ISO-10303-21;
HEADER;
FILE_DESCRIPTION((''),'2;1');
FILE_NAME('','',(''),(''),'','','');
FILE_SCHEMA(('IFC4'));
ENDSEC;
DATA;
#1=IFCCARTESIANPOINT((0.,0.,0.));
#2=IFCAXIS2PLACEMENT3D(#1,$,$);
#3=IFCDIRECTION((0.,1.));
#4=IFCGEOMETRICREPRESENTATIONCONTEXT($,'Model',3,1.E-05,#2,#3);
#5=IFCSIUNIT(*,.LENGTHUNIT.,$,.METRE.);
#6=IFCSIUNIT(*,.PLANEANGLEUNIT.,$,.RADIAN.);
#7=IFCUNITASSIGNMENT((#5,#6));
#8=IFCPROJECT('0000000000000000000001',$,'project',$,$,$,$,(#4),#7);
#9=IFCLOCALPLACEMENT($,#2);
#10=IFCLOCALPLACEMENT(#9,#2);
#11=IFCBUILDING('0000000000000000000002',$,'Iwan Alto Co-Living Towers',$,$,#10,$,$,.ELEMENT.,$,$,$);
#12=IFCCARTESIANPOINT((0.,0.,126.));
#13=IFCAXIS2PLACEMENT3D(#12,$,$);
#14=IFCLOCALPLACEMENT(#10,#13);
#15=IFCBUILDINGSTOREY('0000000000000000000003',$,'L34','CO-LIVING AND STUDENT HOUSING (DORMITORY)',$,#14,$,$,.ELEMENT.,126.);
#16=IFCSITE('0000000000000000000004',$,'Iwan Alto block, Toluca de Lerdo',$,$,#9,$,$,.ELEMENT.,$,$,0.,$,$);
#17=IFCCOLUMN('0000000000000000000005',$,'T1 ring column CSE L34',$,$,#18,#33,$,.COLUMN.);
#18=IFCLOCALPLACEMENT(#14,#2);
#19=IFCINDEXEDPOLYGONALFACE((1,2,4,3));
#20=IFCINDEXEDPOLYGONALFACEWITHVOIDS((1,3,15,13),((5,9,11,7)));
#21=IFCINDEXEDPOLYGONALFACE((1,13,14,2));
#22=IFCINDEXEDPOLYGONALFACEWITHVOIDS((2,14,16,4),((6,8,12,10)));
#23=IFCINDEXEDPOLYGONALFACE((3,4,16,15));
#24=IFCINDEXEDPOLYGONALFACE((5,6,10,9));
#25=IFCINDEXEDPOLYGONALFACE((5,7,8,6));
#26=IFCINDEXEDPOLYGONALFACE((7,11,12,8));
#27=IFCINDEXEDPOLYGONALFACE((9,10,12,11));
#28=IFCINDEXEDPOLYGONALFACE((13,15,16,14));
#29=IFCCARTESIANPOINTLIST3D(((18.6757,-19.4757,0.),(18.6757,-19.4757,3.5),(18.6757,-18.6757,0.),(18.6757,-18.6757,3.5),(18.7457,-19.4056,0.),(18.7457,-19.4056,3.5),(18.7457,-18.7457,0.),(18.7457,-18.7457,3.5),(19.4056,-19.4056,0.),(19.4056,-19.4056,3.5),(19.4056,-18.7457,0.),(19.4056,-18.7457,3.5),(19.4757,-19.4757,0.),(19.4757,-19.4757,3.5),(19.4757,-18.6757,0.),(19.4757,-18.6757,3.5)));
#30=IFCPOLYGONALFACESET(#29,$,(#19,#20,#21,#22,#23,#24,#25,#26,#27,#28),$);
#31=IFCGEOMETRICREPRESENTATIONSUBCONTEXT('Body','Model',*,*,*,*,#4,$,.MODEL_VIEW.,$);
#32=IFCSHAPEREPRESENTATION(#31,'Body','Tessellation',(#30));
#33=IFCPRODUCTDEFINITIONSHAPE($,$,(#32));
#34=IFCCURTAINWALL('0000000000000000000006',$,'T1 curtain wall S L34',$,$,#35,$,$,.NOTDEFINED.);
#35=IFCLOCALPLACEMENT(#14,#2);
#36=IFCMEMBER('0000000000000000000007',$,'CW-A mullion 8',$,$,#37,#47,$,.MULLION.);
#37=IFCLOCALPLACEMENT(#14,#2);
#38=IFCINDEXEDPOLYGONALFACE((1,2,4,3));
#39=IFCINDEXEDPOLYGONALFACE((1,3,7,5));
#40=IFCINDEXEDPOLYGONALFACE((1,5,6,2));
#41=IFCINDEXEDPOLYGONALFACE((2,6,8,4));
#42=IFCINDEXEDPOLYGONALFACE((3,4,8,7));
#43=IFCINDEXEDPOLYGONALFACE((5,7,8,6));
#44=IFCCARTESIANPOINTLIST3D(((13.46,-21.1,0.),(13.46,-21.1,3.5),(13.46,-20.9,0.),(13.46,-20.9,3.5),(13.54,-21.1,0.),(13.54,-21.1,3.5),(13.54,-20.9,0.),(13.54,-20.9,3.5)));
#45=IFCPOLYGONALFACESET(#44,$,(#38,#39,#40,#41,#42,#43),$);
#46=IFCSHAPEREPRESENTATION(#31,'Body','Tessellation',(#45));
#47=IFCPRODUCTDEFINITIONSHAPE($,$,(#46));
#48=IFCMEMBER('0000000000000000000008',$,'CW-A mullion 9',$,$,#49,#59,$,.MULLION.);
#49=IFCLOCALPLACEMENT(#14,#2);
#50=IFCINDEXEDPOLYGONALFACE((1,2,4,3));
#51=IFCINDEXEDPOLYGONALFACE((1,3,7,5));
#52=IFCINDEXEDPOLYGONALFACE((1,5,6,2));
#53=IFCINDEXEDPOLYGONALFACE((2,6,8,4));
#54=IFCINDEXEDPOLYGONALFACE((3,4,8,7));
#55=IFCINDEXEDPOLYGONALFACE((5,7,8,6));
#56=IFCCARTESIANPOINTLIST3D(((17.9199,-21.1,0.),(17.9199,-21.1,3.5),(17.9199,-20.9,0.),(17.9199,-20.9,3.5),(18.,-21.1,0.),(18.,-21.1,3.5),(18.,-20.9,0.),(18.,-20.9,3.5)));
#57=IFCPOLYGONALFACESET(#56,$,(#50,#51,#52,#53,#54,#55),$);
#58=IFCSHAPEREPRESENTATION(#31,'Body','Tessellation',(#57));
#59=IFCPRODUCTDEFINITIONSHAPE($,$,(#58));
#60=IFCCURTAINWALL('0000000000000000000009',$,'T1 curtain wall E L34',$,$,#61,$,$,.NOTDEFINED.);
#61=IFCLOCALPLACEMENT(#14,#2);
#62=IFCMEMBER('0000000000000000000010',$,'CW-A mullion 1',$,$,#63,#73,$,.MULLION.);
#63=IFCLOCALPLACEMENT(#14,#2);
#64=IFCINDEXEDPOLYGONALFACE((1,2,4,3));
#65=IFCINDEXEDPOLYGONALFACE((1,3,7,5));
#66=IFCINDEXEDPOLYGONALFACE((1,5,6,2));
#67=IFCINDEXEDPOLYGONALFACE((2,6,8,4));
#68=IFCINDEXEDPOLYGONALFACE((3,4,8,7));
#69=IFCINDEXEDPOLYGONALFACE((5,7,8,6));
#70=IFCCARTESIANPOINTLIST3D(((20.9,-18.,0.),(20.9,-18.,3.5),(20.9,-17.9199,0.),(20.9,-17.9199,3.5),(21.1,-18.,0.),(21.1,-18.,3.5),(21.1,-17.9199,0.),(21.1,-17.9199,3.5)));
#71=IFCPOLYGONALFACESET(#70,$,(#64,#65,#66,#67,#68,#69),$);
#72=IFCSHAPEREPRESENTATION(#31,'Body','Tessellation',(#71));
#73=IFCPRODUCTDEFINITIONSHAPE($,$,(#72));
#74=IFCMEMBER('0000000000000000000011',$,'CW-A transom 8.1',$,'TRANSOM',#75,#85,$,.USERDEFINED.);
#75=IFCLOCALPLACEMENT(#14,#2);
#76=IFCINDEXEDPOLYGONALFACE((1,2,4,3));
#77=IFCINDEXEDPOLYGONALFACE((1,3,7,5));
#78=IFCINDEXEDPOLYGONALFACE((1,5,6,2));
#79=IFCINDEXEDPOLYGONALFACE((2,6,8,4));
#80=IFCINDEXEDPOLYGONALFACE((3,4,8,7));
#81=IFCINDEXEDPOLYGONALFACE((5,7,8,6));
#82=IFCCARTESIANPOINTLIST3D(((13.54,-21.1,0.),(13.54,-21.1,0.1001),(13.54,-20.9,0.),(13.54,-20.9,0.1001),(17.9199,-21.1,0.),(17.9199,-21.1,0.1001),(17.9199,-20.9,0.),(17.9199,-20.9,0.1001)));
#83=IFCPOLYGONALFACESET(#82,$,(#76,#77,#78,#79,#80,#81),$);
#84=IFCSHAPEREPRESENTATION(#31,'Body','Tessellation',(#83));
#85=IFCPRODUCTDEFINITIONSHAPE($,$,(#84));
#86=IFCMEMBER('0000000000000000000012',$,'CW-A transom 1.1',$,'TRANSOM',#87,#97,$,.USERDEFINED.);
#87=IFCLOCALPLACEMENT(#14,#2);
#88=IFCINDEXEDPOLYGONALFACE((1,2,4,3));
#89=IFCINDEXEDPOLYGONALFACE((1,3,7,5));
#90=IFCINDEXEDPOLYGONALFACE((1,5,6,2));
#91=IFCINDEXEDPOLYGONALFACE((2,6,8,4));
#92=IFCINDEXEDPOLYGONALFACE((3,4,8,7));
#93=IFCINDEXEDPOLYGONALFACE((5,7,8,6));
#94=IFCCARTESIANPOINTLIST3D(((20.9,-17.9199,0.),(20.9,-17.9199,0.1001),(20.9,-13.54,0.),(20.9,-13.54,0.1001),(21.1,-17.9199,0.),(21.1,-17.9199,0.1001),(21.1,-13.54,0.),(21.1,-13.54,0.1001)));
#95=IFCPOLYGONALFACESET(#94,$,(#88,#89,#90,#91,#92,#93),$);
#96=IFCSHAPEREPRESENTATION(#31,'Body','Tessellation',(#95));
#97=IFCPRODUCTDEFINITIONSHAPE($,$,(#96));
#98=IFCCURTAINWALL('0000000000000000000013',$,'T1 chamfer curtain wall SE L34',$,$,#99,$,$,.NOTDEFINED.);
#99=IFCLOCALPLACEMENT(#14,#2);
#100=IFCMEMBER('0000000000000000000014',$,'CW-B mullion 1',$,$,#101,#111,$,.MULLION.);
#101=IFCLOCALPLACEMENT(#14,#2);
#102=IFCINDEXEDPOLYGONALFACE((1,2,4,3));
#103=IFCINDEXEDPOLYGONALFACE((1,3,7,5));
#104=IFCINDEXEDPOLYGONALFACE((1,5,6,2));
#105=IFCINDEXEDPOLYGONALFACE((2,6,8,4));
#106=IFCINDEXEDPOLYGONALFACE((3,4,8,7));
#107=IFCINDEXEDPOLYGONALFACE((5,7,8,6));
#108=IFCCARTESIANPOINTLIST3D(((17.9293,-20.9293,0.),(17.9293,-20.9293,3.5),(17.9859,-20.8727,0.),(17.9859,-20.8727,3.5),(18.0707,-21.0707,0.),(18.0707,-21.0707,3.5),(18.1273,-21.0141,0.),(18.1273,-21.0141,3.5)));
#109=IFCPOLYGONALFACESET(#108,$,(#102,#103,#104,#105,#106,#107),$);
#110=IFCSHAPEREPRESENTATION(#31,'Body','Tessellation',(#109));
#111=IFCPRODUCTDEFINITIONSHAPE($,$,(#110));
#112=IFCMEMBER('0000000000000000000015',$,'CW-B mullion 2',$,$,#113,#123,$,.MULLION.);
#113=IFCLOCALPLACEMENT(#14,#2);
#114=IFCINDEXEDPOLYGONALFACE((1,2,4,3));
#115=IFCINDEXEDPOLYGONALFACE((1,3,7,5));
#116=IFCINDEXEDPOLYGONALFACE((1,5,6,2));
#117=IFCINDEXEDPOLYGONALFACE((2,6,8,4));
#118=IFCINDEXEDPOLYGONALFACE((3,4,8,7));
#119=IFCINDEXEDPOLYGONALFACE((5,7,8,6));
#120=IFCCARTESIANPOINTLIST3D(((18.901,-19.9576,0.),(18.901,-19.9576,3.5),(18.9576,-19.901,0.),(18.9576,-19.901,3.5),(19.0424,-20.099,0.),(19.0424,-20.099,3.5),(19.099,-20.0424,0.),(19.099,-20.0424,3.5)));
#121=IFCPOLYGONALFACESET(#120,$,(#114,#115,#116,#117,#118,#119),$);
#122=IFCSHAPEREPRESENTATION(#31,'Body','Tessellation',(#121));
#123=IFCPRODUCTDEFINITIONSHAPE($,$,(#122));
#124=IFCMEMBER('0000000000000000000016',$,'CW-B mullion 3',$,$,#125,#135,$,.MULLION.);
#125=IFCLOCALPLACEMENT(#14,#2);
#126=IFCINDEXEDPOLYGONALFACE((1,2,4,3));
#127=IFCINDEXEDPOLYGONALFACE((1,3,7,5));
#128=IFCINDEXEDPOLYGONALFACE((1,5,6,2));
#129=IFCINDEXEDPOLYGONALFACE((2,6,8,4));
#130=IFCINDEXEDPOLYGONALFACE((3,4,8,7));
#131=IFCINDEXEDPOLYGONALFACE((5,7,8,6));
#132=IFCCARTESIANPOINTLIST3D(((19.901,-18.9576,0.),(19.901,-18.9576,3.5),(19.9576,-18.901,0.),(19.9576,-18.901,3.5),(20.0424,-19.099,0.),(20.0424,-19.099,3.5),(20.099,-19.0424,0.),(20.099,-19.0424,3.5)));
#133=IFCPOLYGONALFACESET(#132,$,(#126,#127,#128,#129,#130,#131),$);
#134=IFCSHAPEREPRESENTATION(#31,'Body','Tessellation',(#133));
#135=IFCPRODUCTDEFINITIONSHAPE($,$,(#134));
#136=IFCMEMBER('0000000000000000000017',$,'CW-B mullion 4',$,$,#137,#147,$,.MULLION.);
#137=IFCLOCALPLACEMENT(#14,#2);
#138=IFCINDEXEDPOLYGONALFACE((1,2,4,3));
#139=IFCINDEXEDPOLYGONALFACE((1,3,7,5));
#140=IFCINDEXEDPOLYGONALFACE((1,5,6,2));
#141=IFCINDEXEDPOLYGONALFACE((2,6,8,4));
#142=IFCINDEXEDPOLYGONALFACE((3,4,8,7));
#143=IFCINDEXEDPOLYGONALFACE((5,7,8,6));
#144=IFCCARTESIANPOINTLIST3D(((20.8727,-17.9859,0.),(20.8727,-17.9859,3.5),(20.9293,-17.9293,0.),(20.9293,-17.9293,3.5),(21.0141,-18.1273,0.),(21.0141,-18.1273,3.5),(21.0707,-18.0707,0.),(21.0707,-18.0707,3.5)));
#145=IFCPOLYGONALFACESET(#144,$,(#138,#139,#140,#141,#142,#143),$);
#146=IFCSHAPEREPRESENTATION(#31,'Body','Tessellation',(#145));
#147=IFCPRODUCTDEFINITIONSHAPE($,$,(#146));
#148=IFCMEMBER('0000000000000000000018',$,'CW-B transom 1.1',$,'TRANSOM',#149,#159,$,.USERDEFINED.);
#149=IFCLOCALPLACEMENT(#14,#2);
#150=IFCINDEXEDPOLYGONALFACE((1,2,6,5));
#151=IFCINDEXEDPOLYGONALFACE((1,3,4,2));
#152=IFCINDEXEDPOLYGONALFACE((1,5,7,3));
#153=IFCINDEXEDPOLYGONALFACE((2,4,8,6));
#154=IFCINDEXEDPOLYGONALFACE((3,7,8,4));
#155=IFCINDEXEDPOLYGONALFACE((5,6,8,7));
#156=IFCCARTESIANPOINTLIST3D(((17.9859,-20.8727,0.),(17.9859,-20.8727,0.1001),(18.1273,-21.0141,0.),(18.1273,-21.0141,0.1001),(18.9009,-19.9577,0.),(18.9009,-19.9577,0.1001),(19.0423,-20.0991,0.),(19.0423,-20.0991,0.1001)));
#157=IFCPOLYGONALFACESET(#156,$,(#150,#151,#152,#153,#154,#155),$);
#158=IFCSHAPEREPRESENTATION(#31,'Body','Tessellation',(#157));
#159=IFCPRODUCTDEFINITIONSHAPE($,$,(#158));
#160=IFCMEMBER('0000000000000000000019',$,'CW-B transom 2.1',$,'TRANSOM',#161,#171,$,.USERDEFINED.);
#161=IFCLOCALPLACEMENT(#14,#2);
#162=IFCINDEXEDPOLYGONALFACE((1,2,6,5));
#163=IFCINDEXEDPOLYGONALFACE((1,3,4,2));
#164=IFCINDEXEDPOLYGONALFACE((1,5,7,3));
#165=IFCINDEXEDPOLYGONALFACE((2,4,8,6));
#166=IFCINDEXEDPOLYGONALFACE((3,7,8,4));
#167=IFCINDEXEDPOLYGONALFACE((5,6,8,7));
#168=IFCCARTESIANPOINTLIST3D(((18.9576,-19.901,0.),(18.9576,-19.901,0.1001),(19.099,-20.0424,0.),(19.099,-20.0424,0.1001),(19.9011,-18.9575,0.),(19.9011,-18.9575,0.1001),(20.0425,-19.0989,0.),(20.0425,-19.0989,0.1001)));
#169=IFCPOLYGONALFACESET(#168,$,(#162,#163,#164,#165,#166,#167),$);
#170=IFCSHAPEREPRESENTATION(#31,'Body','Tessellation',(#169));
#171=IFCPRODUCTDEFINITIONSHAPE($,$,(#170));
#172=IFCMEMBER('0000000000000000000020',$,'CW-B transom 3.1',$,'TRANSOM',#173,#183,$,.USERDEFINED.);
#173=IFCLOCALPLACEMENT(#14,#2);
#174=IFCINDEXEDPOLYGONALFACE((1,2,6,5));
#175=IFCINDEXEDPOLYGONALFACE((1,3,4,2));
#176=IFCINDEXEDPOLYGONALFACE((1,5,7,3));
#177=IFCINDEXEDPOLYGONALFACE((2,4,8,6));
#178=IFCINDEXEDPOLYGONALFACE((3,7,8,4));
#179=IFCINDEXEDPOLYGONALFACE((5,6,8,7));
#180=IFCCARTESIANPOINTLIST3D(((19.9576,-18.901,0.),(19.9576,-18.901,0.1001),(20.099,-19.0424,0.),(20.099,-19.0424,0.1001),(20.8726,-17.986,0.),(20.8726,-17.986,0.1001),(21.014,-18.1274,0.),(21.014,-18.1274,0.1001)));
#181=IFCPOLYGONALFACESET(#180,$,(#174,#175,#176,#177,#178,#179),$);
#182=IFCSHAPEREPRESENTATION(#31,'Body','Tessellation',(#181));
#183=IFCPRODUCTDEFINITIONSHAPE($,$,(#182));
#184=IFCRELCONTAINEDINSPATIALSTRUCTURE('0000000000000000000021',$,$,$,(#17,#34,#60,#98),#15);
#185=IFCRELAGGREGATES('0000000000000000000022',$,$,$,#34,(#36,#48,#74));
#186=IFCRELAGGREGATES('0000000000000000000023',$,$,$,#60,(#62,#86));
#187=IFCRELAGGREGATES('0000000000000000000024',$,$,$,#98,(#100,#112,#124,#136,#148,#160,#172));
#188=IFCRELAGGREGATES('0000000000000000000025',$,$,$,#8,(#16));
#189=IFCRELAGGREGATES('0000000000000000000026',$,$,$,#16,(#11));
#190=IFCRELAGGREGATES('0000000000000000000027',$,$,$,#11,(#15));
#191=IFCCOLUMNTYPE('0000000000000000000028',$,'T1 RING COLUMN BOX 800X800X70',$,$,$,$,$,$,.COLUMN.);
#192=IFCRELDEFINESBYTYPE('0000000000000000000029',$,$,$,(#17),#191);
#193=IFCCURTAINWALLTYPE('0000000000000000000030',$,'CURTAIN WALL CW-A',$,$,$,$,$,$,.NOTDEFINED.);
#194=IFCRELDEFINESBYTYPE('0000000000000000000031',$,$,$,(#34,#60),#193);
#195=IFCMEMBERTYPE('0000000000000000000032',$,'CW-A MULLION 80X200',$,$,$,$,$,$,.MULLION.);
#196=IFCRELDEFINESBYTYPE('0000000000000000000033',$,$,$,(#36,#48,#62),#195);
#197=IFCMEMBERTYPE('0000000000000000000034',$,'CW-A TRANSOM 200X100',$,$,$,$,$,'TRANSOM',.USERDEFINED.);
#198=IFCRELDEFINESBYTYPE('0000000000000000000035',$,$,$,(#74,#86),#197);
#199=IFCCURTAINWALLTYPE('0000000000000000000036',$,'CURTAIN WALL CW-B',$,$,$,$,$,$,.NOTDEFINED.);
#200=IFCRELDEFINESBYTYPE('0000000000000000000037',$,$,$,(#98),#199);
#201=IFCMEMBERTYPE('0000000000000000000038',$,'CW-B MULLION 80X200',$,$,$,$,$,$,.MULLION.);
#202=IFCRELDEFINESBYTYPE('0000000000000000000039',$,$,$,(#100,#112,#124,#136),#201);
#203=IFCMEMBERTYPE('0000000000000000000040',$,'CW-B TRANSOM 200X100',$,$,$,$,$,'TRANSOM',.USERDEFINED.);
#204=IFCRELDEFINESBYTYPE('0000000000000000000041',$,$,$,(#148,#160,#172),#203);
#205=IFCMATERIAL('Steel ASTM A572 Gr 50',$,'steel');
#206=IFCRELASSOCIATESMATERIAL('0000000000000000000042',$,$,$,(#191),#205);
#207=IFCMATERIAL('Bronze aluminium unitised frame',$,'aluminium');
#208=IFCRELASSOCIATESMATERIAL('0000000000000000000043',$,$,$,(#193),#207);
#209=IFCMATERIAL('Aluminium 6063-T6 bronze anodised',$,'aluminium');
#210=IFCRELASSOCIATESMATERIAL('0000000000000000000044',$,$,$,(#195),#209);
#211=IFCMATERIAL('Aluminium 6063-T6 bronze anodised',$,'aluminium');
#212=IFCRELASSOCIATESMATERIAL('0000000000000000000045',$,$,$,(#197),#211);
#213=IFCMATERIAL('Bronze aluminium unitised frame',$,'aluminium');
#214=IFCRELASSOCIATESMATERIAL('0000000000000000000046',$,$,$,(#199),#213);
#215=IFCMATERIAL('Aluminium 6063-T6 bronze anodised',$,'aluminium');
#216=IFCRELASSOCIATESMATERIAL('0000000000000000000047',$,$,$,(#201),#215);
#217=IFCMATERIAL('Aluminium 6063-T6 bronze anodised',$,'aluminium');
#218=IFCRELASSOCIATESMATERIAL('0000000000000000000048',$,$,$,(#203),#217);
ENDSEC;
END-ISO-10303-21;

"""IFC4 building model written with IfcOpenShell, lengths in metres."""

from ifc_helpers import new_model, si_unit, direction, frame, origin, origin_2d, place, context, subcontext, project, spatial, rectangle, hollow_rectangle, extrude, material, material_profile, profile_set, type_object, element, aggregate, save


model = new_model("IFC4")

# Units and contexts
model_context = context("Model", 3, precision=1e-05, world=origin(), true_north=direction((0.0, 1.0)))
body_context = subcontext(model_context, "Body", "Model", "MODEL_VIEW")
ifc_project = project(units=[si_unit("LENGTHUNIT", "METRE"), si_unit("PLANEANGLEUNIT", "RADIAN")], contexts=[model_context])

# Site, building, storey
site_placement = place(None, origin())
site = spatial("IfcSite", under=ifc_project, at=site_placement, Name="Iwan Alto block, Toluca de Lerdo", CompositionType="ELEMENT", RefElevation=0.0)
building_placement = place(site_placement, origin())
building = spatial("IfcBuilding", under=site, at=building_placement, Name="Iwan Alto Co-Living Towers", CompositionType="ELEMENT")
storey_placement = place(building_placement, frame((0.0, 0.0, 126.0)))
storey = spatial("IfcBuildingStorey", under=building, at=storey_placement, Name="L34", Description="CO-LIVING AND STUDENT HOUSING (DORMITORY)", CompositionType="ELEMENT", Elevation=126.0)

# Column
ifc_material_1 = material(Name="Steel ASTM A572 Gr 50", Category="steel")
ifc_material_profile_1 = material_profile(ifc_material_1, hollow_rectangle(XDim=0.8, YDim=0.8, WallThickness=0.0701, at=origin_2d()), Name="BOX 800X800X70")
ifc_profile_set_1 = profile_set([ifc_material_profile_1], Name="Steel ASTM A572 Gr 50")
column_type = type_object("IfcColumnType", Name="T1 RING COLUMN BOX 800X800X70", PredefinedType="COLUMN", material=ifc_profile_set_1)
column_placement = place(storey_placement, frame((19.0757, -19.0757, 0.0), z_axis=(0.0, 0.0, 1.0), x_axis=(1.0, 0.0, 0.0)))
element("IfcColumn", 1, at=column_placement, inside=storey, type_object=column_type, Name="T1 ring column CSE L34", PredefinedType="COLUMN", context=body_context, shape_type="SweptSolid", body=[
    extrude(hollow_rectangle(XDim=0.8, YDim=0.8, WallThickness=0.0701, at=origin_2d()), origin(), (0.0, 0.0, 1.0), 3.5),
])

# Curtain wall, members
ifc_material_2 = material(Name="Bronze aluminium unitised frame", Category="aluminium")
curtain_wall_type_1 = type_object("IfcCurtainWallType", Name="CURTAIN WALL CW-A", PredefinedType="NOTDEFINED", material=ifc_material_2)
curtain_wall_1_placement = place(storey_placement, origin())
curtain_wall_1 = element("IfcCurtainWall", 2, at=curtain_wall_1_placement, inside=storey, type_object=curtain_wall_type_1, Name="T1 curtain wall S L34", PredefinedType="NOTDEFINED")
ifc_material_3 = material(Name="Aluminium 6063-T6 bronze anodised", Category="aluminium")
ifc_material_profile_2 = material_profile(ifc_material_3, rectangle(XDim=0.2, YDim=0.0801, at=origin_2d()), Name="AL 80X200")
ifc_profile_set_2 = profile_set([ifc_material_profile_2], Name="Aluminium 6063-T6 bronze anodised")
member_type_1 = type_object("IfcMemberType", Name="CW-A MULLION 80X200", PredefinedType="MULLION", material=ifc_profile_set_2)
member_1_placement = place(storey_placement, frame((13.5, -21.0, 0.0), z_axis=(0.0, 0.0, 1.0), x_axis=(0.0, 1.0, 0.0)))
member_1 = element("IfcMember", 3, at=member_1_placement, type_object=member_type_1, Name="CW-A mullion 8", PredefinedType="MULLION", context=body_context, shape_type="SweptSolid", body=[
    extrude(rectangle(XDim=0.2, YDim=0.0801, at=origin_2d()), origin(), (0.0, 0.0, 1.0), 3.5),
])
member_2_placement = place(storey_placement, frame((17.96, -21.0, 0.0), z_axis=(0.0, 0.0, 1.0), x_axis=(0.0, 1.0, 0.0)))
member_2 = element("IfcMember", 4, at=member_2_placement, type_object=member_type_1, Name="CW-A mullion 9", PredefinedType="MULLION", context=body_context, shape_type="SweptSolid", body=[
    extrude(rectangle(XDim=0.2, YDim=0.0801, at=origin_2d()), origin(), (0.0, 0.0, 1.0), 3.5),
])

# Curtain wall, member
curtain_wall_2_placement = place(storey_placement, origin())
curtain_wall_2 = element("IfcCurtainWall", 5, at=curtain_wall_2_placement, inside=storey, type_object=curtain_wall_type_1, Name="T1 curtain wall E L34", PredefinedType="NOTDEFINED")
member_3_placement = place(storey_placement, frame((21.0, -17.96, 0.0), z_axis=(0.0, 0.0, 1.0), x_axis=(-1.0, 0.0, 0.0)))
member_3 = element("IfcMember", 6, at=member_3_placement, type_object=member_type_1, Name="CW-A mullion 1", PredefinedType="MULLION", context=body_context, shape_type="SweptSolid", body=[
    extrude(rectangle(XDim=0.2, YDim=0.0801, at=origin_2d()), origin(), (0.0, 0.0, 1.0), 3.5),
])

# Members
ifc_material_4 = material(Name="Aluminium 6063-T6 bronze anodised", Category="aluminium")
ifc_material_profile_3 = material_profile(ifc_material_4, rectangle(XDim=0.2, YDim=0.1001, at=origin_2d()), Name="AL 200X100")
ifc_profile_set_3 = profile_set([ifc_material_profile_3], Name="Aluminium 6063-T6 bronze anodised")
member_type_2 = type_object("IfcMemberType", Name="CW-A TRANSOM 200X100", ElementType="TRANSOM", PredefinedType="USERDEFINED", material=ifc_profile_set_3)
member_4_placement = place(storey_placement, frame((13.54, -21.0, 0.05), z_axis=(1.0, 0.0, 0.0), x_axis=(0.0, 1.0, 0.0)))
member_4 = element("IfcMember", 7, at=member_4_placement, type_object=member_type_2, Name="CW-A transom 8.1", ObjectType="TRANSOM", PredefinedType="USERDEFINED", context=body_context, shape_type="SweptSolid", body=[
    extrude(rectangle(XDim=0.2, YDim=0.1001, at=origin_2d()), origin(), (0.0, 0.0, 1.0), 4.3799),
])
member_5_placement = place(storey_placement, frame((21.0, -17.9199, 0.05), z_axis=(0.0, 1.0, 0.0), x_axis=(-1.0, 0.0, 0.0)))
member_5 = element("IfcMember", 8, at=member_5_placement, type_object=member_type_2, Name="CW-A transom 1.1", ObjectType="TRANSOM", PredefinedType="USERDEFINED", context=body_context, shape_type="SweptSolid", body=[
    extrude(rectangle(XDim=0.2, YDim=0.1001, at=origin_2d()), origin(), (0.0, 0.0, 1.0), 4.3799),
])

# Curtain wall, members
ifc_material_5 = material(Name="Bronze aluminium unitised frame", Category="aluminium")
curtain_wall_type_2 = type_object("IfcCurtainWallType", Name="CURTAIN WALL CW-B", PredefinedType="NOTDEFINED", material=ifc_material_5)
curtain_wall_3_placement = place(storey_placement, origin())
curtain_wall_3 = element("IfcCurtainWall", 9, at=curtain_wall_3_placement, inside=storey, type_object=curtain_wall_type_2, Name="T1 chamfer curtain wall SE L34", PredefinedType="NOTDEFINED")
ifc_material_6 = material(Name="Aluminium 6063-T6 bronze anodised", Category="aluminium")
ifc_material_profile_4 = material_profile(ifc_material_6, rectangle(XDim=0.2, YDim=0.0801, at=origin_2d()), Name="AL 80X200")
ifc_profile_set_4 = profile_set([ifc_material_profile_4], Name="Aluminium 6063-T6 bronze anodised")
member_type_3 = type_object("IfcMemberType", Name="CW-B MULLION 80X200", PredefinedType="MULLION", material=ifc_profile_set_4)
member_6_placement = place(storey_placement, frame((18.0283, -20.9717, 0.0), z_axis=(0.0, 0.0, 1.0), x_axis=(-0.707107, 0.707107, 0.0)))
member_6 = element("IfcMember", 10, at=member_6_placement, type_object=member_type_3, Name="CW-B mullion 1", PredefinedType="MULLION", context=body_context, shape_type="SweptSolid", body=[
    extrude(rectangle(XDim=0.2, YDim=0.0801, at=origin_2d()), origin(), (0.0, 0.0, 1.0), 3.5),
])
member_7_placement = place(storey_placement, frame((19.0, -20.0, 0.0), z_axis=(0.0, 0.0, 1.0), x_axis=(-0.707107, 0.707107, 0.0)))
member_7 = element("IfcMember", 11, at=member_7_placement, type_object=member_type_3, Name="CW-B mullion 2", PredefinedType="MULLION", context=body_context, shape_type="SweptSolid", body=[
    extrude(rectangle(XDim=0.2, YDim=0.0801, at=origin_2d()), origin(), (0.0, 0.0, 1.0), 3.5),
])
member_8_placement = place(storey_placement, frame((20.0, -19.0, 0.0), z_axis=(0.0, 0.0, 1.0), x_axis=(-0.707107, 0.707107, 0.0)))
member_8 = element("IfcMember", 12, at=member_8_placement, type_object=member_type_3, Name="CW-B mullion 3", PredefinedType="MULLION", context=body_context, shape_type="SweptSolid", body=[
    extrude(rectangle(XDim=0.2, YDim=0.0801, at=origin_2d()), origin(), (0.0, 0.0, 1.0), 3.5),
])
member_9_placement = place(storey_placement, frame((20.9717, -18.0283, 0.0), z_axis=(0.0, 0.0, 1.0), x_axis=(-0.707107, 0.707107, 0.0)))
member_9 = element("IfcMember", 13, at=member_9_placement, type_object=member_type_3, Name="CW-B mullion 4", PredefinedType="MULLION", context=body_context, shape_type="SweptSolid", body=[
    extrude(rectangle(XDim=0.2, YDim=0.0801, at=origin_2d()), origin(), (0.0, 0.0, 1.0), 3.5),
])
ifc_material_7 = material(Name="Aluminium 6063-T6 bronze anodised", Category="aluminium")
ifc_material_profile_5 = material_profile(ifc_material_7, rectangle(XDim=0.2, YDim=0.1001, at=origin_2d()), Name="AL 200X100")
ifc_profile_set_5 = profile_set([ifc_material_profile_5], Name="Aluminium 6063-T6 bronze anodised")
member_type_4 = type_object("IfcMemberType", Name="CW-B TRANSOM 200X100", ElementType="TRANSOM", PredefinedType="USERDEFINED", material=ifc_profile_set_5)
member_10_placement = place(storey_placement, frame((18.0566, -20.9434, 0.05), z_axis=(0.707107, 0.707107, 0.0), x_axis=(-0.707107, 0.707107, 0.0)))
member_10 = element("IfcMember", 14, at=member_10_placement, type_object=member_type_4, Name="CW-B transom 1.1", ObjectType="TRANSOM", PredefinedType="USERDEFINED", context=body_context, shape_type="SweptSolid", body=[
    extrude(rectangle(XDim=0.2, YDim=0.1001, at=origin_2d()), origin(), (0.0, 0.0, 1.0), 1.2939),
])
member_11_placement = place(storey_placement, frame((19.0283, -19.9717, 0.05), z_axis=(0.707107, 0.707107, 0.0), x_axis=(-0.707107, 0.707107, 0.0)))
member_11 = element("IfcMember", 15, at=member_11_placement, type_object=member_type_4, Name="CW-B transom 2.1", ObjectType="TRANSOM", PredefinedType="USERDEFINED", context=body_context, shape_type="SweptSolid", body=[
    extrude(rectangle(XDim=0.2, YDim=0.1001, at=origin_2d()), origin(), (0.0, 0.0, 1.0), 1.3342),
])
member_12_placement = place(storey_placement, frame((20.0283, -18.9717, 0.05), z_axis=(0.707107, 0.707107, 0.0), x_axis=(-0.707107, 0.707107, 0.0)))
member_12 = element("IfcMember", 16, at=member_12_placement, type_object=member_type_4, Name="CW-B transom 3.1", ObjectType="TRANSOM", PredefinedType="USERDEFINED", context=body_context, shape_type="SweptSolid", body=[
    extrude(rectangle(XDim=0.2, YDim=0.1001, at=origin_2d()), origin(), (0.0, 0.0, 1.0), 1.2939),
])

aggregate(curtain_wall_1, [member_1, member_2, member_4])
aggregate(curtain_wall_2, [member_3, member_5])
aggregate(curtain_wall_3, [member_6, member_7, member_8, member_9, member_10, member_11, member_12])

save(model, "model.ifc")
